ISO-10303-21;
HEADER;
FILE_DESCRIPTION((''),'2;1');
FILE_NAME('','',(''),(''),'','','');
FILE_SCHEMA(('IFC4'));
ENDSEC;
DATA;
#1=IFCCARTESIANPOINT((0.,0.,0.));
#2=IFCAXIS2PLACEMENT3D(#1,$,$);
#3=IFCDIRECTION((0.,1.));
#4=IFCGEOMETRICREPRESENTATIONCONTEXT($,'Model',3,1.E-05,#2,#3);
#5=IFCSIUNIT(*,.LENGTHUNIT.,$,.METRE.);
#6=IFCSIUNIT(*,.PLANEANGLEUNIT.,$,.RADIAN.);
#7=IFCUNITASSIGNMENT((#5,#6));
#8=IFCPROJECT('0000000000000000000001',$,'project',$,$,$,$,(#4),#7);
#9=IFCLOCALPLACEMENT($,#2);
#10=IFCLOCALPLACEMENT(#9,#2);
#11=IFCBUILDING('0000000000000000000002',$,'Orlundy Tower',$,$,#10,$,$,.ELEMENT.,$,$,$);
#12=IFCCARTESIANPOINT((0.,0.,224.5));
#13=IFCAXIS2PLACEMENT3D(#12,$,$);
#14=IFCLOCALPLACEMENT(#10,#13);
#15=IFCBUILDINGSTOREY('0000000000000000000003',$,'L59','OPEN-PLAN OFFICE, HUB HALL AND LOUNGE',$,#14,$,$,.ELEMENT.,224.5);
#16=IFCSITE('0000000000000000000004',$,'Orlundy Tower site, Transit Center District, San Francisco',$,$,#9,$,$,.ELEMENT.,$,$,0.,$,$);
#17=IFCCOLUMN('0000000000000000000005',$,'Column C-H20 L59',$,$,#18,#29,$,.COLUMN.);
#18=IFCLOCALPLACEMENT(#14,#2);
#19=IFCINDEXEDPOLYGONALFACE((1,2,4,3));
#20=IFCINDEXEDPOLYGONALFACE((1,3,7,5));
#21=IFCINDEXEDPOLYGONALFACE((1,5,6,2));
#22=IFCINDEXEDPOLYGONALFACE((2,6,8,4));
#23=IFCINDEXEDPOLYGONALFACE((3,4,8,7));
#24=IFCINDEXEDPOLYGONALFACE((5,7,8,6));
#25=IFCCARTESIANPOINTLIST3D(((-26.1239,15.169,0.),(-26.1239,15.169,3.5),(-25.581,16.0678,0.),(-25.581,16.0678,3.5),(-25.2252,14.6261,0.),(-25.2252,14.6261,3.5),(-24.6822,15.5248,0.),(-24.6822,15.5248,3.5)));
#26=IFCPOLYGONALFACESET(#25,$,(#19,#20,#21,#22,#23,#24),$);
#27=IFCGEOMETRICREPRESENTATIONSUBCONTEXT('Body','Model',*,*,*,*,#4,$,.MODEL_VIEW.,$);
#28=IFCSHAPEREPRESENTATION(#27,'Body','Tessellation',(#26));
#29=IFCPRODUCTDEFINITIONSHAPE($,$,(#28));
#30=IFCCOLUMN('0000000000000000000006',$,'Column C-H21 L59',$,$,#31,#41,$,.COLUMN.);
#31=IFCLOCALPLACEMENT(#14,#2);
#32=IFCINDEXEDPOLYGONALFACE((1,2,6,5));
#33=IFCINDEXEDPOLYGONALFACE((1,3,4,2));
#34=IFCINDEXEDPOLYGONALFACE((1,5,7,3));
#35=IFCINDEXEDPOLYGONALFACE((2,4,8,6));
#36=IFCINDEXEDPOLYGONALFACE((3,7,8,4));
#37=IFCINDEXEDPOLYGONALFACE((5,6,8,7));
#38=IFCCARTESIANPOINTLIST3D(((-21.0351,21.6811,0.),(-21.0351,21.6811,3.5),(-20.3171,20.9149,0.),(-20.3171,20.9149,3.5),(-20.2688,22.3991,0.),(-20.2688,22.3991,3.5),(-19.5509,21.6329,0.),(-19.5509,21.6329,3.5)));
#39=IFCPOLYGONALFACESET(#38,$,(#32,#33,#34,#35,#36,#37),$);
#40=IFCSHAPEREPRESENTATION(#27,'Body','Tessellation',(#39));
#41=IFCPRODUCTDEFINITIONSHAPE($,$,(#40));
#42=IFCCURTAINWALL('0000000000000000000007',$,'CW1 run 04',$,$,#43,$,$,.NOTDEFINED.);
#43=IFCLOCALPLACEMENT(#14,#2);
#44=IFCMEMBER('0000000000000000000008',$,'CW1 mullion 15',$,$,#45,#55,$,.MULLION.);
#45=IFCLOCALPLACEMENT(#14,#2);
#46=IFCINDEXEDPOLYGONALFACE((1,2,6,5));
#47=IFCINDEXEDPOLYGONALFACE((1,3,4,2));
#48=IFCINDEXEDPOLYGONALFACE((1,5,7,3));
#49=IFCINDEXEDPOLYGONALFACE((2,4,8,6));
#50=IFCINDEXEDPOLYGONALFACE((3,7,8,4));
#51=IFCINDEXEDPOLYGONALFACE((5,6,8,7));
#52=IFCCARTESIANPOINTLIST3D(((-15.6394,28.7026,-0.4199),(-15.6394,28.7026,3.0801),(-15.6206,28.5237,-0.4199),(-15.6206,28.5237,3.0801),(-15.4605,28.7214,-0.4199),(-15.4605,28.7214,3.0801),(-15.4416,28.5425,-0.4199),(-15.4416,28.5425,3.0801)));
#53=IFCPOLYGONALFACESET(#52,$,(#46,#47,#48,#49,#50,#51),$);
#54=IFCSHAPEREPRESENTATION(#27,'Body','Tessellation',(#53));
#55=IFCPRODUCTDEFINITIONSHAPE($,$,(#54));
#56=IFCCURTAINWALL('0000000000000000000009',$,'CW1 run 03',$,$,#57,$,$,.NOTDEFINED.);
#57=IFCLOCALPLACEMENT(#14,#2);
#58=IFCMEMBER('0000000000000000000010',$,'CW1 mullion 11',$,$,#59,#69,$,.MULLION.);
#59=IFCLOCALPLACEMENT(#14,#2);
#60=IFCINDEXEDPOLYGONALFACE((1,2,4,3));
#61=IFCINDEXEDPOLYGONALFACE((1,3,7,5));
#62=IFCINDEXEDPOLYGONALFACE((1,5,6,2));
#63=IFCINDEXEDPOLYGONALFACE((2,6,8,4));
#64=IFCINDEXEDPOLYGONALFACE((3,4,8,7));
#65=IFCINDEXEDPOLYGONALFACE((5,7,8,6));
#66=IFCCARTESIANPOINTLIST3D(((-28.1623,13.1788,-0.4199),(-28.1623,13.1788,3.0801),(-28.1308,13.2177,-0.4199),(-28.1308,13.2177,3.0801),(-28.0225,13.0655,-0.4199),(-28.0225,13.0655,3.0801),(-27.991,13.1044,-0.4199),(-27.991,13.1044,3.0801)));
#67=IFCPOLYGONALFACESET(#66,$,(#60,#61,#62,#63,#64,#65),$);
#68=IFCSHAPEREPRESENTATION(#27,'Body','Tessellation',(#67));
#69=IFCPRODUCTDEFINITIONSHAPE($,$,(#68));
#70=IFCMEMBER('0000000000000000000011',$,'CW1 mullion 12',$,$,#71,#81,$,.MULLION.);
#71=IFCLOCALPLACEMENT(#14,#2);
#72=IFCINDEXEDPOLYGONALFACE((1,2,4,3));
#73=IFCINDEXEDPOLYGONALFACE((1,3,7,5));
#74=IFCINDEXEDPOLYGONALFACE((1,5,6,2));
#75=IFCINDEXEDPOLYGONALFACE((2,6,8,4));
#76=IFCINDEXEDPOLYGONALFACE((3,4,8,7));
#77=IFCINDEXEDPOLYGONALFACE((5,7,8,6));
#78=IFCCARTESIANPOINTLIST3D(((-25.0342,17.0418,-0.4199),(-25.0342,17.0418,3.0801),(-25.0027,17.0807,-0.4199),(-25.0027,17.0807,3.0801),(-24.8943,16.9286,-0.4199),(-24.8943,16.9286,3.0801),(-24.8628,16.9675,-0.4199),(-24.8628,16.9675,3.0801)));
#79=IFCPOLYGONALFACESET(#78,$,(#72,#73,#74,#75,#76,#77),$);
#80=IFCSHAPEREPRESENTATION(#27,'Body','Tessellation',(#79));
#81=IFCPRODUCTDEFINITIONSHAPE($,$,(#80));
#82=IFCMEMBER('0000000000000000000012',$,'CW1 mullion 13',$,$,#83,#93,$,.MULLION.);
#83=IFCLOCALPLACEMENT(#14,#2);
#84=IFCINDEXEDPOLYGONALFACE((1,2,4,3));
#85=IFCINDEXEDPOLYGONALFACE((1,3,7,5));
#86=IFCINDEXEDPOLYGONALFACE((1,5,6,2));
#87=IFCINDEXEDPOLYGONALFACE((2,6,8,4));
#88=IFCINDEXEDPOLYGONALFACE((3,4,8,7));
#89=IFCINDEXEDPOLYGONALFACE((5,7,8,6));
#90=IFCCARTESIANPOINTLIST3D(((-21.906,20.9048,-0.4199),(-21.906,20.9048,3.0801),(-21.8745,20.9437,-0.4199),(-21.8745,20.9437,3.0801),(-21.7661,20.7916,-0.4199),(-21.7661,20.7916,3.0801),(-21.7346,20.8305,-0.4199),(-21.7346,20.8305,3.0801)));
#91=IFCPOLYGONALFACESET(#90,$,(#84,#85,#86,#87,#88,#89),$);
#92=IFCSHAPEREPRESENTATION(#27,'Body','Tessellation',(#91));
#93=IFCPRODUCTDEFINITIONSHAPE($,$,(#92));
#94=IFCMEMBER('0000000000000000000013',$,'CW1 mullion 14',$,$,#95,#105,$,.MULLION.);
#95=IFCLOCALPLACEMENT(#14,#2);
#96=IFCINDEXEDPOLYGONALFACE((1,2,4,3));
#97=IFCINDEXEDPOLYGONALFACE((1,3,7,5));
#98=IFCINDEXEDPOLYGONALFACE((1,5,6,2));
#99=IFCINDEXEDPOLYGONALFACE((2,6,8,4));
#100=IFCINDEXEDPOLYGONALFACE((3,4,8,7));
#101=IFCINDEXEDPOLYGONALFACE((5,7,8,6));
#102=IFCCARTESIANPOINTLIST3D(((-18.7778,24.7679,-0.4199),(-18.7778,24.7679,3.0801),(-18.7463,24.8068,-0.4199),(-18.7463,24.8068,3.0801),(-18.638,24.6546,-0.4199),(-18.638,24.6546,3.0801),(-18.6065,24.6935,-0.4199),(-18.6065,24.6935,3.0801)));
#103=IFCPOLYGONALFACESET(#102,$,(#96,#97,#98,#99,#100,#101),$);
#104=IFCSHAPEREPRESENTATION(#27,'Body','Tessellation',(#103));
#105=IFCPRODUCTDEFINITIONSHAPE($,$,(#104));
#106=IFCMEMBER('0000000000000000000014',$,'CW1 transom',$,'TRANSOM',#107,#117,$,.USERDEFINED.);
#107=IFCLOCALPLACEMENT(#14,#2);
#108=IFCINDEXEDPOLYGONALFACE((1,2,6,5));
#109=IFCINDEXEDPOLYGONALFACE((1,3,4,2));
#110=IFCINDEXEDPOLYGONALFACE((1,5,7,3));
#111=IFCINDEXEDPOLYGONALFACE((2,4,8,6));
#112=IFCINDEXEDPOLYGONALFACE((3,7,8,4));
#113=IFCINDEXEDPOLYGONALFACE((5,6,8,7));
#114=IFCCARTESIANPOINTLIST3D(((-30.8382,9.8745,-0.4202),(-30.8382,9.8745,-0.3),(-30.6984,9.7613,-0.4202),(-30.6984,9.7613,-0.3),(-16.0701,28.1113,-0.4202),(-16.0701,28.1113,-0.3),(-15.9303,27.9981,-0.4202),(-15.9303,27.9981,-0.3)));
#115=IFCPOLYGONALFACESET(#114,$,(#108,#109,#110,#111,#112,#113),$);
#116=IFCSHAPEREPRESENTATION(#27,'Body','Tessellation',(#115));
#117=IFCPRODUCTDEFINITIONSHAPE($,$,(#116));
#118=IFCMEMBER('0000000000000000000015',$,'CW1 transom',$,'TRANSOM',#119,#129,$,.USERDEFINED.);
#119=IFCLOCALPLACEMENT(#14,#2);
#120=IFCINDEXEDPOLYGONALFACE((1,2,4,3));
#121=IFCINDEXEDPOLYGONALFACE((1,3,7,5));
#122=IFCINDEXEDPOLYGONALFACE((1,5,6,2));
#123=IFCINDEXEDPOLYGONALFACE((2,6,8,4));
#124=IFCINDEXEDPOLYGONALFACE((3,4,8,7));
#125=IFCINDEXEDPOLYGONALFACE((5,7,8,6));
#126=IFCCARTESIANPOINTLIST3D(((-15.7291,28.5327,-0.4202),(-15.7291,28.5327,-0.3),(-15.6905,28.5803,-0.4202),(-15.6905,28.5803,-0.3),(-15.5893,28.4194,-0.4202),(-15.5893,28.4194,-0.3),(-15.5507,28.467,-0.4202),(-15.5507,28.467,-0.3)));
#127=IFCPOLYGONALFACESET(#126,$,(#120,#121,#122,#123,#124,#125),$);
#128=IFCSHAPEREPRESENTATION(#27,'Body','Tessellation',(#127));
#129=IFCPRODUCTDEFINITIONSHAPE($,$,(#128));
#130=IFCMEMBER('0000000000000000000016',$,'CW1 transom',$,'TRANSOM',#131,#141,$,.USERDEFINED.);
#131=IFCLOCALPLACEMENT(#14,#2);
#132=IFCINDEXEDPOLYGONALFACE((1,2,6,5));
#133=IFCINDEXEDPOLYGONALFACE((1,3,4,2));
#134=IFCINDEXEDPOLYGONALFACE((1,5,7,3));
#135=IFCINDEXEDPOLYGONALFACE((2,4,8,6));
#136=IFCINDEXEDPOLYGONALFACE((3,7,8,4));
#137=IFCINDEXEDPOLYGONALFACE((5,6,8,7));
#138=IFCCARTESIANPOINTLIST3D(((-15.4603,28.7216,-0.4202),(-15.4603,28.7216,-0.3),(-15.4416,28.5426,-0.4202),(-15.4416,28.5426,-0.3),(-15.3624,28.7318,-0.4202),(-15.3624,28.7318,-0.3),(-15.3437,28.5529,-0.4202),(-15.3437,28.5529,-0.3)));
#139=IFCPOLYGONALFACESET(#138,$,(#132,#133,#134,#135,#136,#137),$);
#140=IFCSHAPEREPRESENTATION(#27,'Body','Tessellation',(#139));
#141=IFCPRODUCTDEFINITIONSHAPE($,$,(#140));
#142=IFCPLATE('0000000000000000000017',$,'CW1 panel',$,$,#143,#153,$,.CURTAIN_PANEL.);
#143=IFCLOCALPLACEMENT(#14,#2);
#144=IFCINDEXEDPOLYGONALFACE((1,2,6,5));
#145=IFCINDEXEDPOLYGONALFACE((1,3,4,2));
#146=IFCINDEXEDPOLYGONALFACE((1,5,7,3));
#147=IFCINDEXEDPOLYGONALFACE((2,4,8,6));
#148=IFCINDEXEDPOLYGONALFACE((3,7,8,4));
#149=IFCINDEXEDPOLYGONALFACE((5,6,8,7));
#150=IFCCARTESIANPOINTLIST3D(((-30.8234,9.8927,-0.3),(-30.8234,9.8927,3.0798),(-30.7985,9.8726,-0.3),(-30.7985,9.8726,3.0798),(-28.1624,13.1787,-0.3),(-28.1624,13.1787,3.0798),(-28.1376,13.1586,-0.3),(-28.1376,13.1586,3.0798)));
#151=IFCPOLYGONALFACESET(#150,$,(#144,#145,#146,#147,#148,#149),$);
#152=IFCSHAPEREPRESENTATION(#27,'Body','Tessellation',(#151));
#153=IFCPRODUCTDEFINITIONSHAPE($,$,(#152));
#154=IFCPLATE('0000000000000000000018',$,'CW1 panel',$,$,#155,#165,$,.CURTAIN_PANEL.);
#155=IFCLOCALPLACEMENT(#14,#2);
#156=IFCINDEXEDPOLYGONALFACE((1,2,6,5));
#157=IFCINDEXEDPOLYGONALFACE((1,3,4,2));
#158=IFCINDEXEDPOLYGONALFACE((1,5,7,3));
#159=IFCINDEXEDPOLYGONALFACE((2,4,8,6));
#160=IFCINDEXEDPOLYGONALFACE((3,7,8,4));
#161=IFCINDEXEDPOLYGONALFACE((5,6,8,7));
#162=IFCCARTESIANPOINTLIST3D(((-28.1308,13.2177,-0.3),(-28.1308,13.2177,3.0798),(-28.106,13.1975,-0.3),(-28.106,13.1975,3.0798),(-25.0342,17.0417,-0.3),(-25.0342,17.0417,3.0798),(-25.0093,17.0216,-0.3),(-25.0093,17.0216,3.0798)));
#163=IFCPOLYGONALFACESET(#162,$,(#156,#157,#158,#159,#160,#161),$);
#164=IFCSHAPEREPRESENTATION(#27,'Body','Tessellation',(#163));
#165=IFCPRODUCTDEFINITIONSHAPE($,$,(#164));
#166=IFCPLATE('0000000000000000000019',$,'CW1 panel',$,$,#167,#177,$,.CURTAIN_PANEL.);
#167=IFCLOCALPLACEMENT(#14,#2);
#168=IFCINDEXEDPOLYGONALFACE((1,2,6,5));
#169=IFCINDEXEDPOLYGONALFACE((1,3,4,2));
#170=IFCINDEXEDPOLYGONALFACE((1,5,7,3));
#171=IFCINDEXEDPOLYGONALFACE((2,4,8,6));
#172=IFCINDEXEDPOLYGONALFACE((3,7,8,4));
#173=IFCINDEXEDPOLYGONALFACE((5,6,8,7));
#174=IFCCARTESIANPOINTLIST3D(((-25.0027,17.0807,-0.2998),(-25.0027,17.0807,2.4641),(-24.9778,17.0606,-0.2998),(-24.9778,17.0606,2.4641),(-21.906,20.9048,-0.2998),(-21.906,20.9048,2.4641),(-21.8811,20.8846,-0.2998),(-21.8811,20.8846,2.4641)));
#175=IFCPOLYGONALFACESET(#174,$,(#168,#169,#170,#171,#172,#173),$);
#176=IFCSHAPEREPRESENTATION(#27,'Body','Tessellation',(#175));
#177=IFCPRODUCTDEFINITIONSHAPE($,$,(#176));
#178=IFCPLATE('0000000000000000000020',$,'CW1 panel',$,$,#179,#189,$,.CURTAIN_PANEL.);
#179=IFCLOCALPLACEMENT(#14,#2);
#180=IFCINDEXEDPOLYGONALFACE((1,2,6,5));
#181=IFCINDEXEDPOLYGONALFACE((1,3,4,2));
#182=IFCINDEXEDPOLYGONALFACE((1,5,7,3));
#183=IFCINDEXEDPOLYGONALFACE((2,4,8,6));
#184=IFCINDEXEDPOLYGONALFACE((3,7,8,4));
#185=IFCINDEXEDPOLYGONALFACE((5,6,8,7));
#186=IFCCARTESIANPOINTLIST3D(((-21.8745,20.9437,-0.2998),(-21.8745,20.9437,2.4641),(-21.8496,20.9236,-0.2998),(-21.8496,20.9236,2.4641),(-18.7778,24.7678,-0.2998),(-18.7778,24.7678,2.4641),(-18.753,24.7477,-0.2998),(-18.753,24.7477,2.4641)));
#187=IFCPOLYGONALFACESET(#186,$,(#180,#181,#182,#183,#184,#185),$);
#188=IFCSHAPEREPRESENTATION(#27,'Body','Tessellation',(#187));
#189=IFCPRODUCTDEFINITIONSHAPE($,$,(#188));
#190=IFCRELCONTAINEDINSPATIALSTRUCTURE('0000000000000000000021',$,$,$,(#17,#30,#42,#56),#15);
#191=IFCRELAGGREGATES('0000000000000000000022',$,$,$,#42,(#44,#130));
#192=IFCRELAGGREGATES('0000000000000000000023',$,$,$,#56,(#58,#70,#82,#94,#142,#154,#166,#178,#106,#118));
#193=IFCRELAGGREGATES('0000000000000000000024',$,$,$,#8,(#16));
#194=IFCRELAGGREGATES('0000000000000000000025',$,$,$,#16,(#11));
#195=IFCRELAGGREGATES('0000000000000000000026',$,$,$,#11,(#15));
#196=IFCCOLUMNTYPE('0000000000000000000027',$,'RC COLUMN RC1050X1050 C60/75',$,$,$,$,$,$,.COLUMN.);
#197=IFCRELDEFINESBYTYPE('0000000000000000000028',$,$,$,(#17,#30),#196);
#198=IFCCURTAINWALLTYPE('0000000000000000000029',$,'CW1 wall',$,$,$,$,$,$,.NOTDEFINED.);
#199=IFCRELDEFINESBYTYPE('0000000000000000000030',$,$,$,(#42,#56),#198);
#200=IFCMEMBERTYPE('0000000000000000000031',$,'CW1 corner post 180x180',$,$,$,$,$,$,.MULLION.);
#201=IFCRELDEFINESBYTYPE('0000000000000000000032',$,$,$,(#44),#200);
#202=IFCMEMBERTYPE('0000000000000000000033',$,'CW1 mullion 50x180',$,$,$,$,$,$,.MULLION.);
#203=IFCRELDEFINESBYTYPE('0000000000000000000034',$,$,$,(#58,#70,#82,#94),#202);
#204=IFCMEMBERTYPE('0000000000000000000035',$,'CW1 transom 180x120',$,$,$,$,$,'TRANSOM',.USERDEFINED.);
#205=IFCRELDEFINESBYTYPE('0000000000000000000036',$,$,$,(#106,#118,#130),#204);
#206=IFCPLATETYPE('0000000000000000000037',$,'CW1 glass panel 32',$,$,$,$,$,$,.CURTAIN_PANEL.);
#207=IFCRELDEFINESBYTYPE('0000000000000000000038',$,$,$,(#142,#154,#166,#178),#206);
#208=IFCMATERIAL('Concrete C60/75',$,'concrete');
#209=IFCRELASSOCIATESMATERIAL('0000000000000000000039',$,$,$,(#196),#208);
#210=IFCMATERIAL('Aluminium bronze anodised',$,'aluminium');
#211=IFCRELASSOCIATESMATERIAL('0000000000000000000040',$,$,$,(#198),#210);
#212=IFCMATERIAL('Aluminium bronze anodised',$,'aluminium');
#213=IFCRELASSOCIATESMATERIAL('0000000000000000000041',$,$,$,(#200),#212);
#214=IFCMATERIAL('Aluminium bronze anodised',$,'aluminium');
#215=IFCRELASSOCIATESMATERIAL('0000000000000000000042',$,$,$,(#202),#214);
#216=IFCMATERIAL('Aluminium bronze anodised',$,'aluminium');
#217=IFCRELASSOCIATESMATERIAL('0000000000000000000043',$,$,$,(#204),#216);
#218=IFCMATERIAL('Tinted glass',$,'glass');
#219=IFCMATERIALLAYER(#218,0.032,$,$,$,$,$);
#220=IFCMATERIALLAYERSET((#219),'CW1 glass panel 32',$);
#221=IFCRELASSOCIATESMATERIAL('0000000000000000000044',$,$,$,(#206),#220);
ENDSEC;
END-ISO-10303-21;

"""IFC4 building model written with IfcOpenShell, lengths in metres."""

from ifc_helpers import new_model, si_unit, direction, frame, origin, origin_2d, place, context, subcontext, project, spatial, rectangle, extrude, material, layer, layer_set, material_profile, profile_set, type_object, element, aggregate, save


model = new_model("IFC4")

# Units and contexts
model_context = context("Model", 3, precision=1e-05, world=origin(), true_north=direction((0.0, 1.0)))
body_context = subcontext(model_context, "Body", "Model", "MODEL_VIEW")
ifc_project = project(units=[si_unit("LENGTHUNIT", "METRE"), si_unit("PLANEANGLEUNIT", "RADIAN")], contexts=[model_context])

# Site, building, storey
site_placement = place(None, origin())
site = spatial("IfcSite", under=ifc_project, at=site_placement, Name="Orlundy Tower site, Transit Center District, San Francisco", CompositionType="ELEMENT", RefElevation=0.0)
building_placement = place(site_placement, origin())
building = spatial("IfcBuilding", under=site, at=building_placement, Name="Orlundy Tower", CompositionType="ELEMENT")
storey_placement = place(building_placement, frame((0.0, 0.0, 224.5)))
storey = spatial("IfcBuildingStorey", under=building, at=storey_placement, Name="L59", Description="OPEN-PLAN OFFICE, HUB HALL AND LOUNGE", CompositionType="ELEMENT", Elevation=224.5)

# Columns
ifc_material_1 = material(Name="Concrete C60/75", Category="concrete")
ifc_material_profile_1 = material_profile(ifc_material_1, rectangle(XDim=1.05, YDim=1.05, at=origin_2d()), Name="RC1050X1050")
ifc_profile_set_1 = profile_set([ifc_material_profile_1], Name="Concrete C60/75")
column_type = type_object("IfcColumnType", Name="RC COLUMN RC1050X1050 C60/75", PredefinedType="COLUMN", material=ifc_profile_set_1)
for number, where, z_axis, x_axis, name in (
    (1, (-25.4031, 15.3469, 0.0), (0.0, 0.0, 1.0), (-0.855924, 0.517101, 0.0), "Column C-H20 L59"),
    (2, (-20.293, 21.657, 0.0), (0.0, 0.0, 1.0), (-0.683758, 0.729709, 0.0), "Column C-H21 L59"),
):
    element("IfcColumn", number, at=place(storey_placement, frame(where, z_axis=z_axis, x_axis=x_axis)), inside=storey, type_object=column_type, Name=name, PredefinedType="COLUMN", context=body_context, shape_type="SweptSolid", body=[
        extrude(rectangle(XDim=1.05, YDim=1.05, at=origin_2d()), origin(), (0.0, 0.0, 1.0), 3.5),
    ])

# Curtain wall, member
ifc_material_2 = material(Name="Aluminium bronze anodised", Category="aluminium")
curtain_wall_type = type_object("IfcCurtainWallType", Name="CW1 wall", PredefinedType="NOTDEFINED", material=ifc_material_2)
curtain_wall_1_placement = place(storey_placement, origin())
curtain_wall_1 = element("IfcCurtainWall", 3, at=curtain_wall_1_placement, inside=storey, type_object=curtain_wall_type, Name="CW1 run 04", PredefinedType="NOTDEFINED")
ifc_material_3 = material(Name="Aluminium bronze anodised", Category="aluminium")
ifc_material_profile_2 = material_profile(ifc_material_3, rectangle(XDim=0.1799, YDim=0.1799, at=origin_2d()), Name="CW1 corner post 180x180")
ifc_profile_set_2 = profile_set([ifc_material_profile_2], Name="Aluminium bronze anodised")
member_type_1 = type_object("IfcMemberType", Name="CW1 corner post 180x180", PredefinedType="MULLION", material=ifc_profile_set_2)
member_1_placement = place(storey_placement, frame((-15.5405, 28.6226, -0.4199), z_axis=(0.0, 0.0, 1.0), x_axis=(-0.104538, 0.994521, 0.0)))
member_1 = element("IfcMember", 4, at=member_1_placement, type_object=member_type_1, Name="CW1 mullion 15", PredefinedType="MULLION", context=body_context, shape_type="SweptSolid", body=[
    extrude(rectangle(XDim=0.1799, YDim=0.1799, at=origin_2d()), origin(), (0.0, 0.0, 1.0), 3.5),
])

# Curtain wall, members
curtain_wall_2_placement = place(storey_placement, origin())
curtain_wall_2 = element("IfcCurtainWall", 5, at=curtain_wall_2_placement, inside=storey, type_object=curtain_wall_type, Name="CW1 run 03", PredefinedType="NOTDEFINED")
ifc_material_4 = material(Name="Aluminium bronze anodised", Category="aluminium")
ifc_material_profile_3 = material_profile(ifc_material_4, rectangle(XDim=0.1799, YDim=0.05, at=origin_2d()), Name="CW1 mullion 50x180")
ifc_profile_set_3 = profile_set([ifc_material_profile_3], Name="Aluminium bronze anodised")
member_type_2 = type_object("IfcMemberType", Name="CW1 mullion 50x180", PredefinedType="MULLION", material=ifc_profile_set_3)
member_2_placement = place(storey_placement, frame((-28.0767, 13.1416, -0.4199), z_axis=(0.0, 0.0, 1.0), x_axis=(-0.777146, 0.629321, 0.0)))
member_2 = element("IfcMember", 6, at=member_2_placement, type_object=member_type_2, Name="CW1 mullion 11", PredefinedType="MULLION", context=body_context, shape_type="SweptSolid", body=[
    extrude(rectangle(XDim=0.1799, YDim=0.05, at=origin_2d()), origin(), (0.0, 0.0, 1.0), 3.5),
])
member_3_placement = place(storey_placement, frame((-24.9485, 17.0046, -0.4199), z_axis=(0.0, 0.0, 1.0), x_axis=(-0.777146, 0.629321, 0.0)))
member_3 = element("IfcMember", 7, at=member_3_placement, type_object=member_type_2, Name="CW1 mullion 12", PredefinedType="MULLION", context=body_context, shape_type="SweptSolid", body=[
    extrude(rectangle(XDim=0.1799, YDim=0.05, at=origin_2d()), origin(), (0.0, 0.0, 1.0), 3.5),
])
member_4_placement = place(storey_placement, frame((-21.8203, 20.8677, -0.4199), z_axis=(0.0, 0.0, 1.0), x_axis=(-0.777146, 0.629321, 0.0)))
member_4 = element("IfcMember", 8, at=member_4_placement, type_object=member_type_2, Name="CW1 mullion 13", PredefinedType="MULLION", context=body_context, shape_type="SweptSolid", body=[
    extrude(rectangle(XDim=0.1799, YDim=0.05, at=origin_2d()), origin(), (0.0, 0.0, 1.0), 3.5),
])
member_5_placement = place(storey_placement, frame((-18.6921, 24.7307, -0.4199), z_axis=(0.0, 0.0, 1.0), x_axis=(-0.777146, 0.629321, 0.0)))
member_5 = element("IfcMember", 9, at=member_5_placement, type_object=member_type_2, Name="CW1 mullion 14", PredefinedType="MULLION", context=body_context, shape_type="SweptSolid", body=[
    extrude(rectangle(XDim=0.1799, YDim=0.05, at=origin_2d()), origin(), (0.0, 0.0, 1.0), 3.5),
])
ifc_material_5 = material(Name="Aluminium bronze anodised", Category="aluminium")
ifc_material_profile_4 = material_profile(ifc_material_5, rectangle(XDim=0.1799, YDim=0.1201, at=origin_2d()), Name="CW1 transom 180x120")
ifc_profile_set_4 = profile_set([ifc_material_profile_4], Name="Aluminium bronze anodised")
member_type_3 = type_object("IfcMemberType", Name="CW1 transom 180x120", ElementType="TRANSOM", PredefinedType="USERDEFINED", material=ifc_profile_set_4)
member_6_placement = place(storey_placement, frame((-30.7683, 9.8179, -0.3601), z_axis=(0.629325, 0.777142, 0.0), x_axis=(-0.777142, 0.629325, 0.0)))
member_6 = element("IfcMember", 10, at=member_6_placement, type_object=member_type_3, Name="CW1 transom", ObjectType="TRANSOM", PredefinedType="USERDEFINED", context=body_context, shape_type="SweptSolid", body=[
    extrude(rectangle(XDim=0.1799, YDim=0.1201, at=origin_2d()), origin(), (0.0, 0.0, 1.0), 23.4666),
])
member_7_placement = place(storey_placement, frame((-15.6592, 28.4761, -0.3601), z_axis=(0.629542, 0.776966, 0.0), x_axis=(-0.776966, 0.629542, 0.0)))
member_7 = element("IfcMember", 11, at=member_7_placement, type_object=member_type_3, Name="CW1 transom", ObjectType="TRANSOM", PredefinedType="USERDEFINED", context=body_context, shape_type="SweptSolid", body=[
    extrude(rectangle(XDim=0.1799, YDim=0.1201, at=origin_2d()), origin(), (0.0, 0.0, 1.0), 0.0613),
])

# Member
member_8_placement = place(storey_placement, frame((-15.4509, 28.6321, -0.3601), z_axis=(0.99456, 0.104168, 0.0), x_axis=(-0.104168, 0.99456, 0.0)))
member_8 = element("IfcMember", 12, at=member_8_placement, type_object=member_type_3, Name="CW1 transom", ObjectType="TRANSOM", PredefinedType="USERDEFINED", context=body_context, shape_type="SweptSolid", body=[
    extrude(rectangle(XDim=0.1799, YDim=0.1201, at=origin_2d()), origin(), (0.0, 0.0, 1.0), 0.0984),
])
aggregate(curtain_wall_1, [member_1, member_8])

# Plates
ifc_material_6 = material(Name="Tinted glass", Category="glass")
ifc_layer_1 = layer(ifc_material_6, 0.032)
ifc_layer_set_1 = layer_set([ifc_layer_1], Name="CW1 glass panel 32")
plate_type = type_object("IfcPlateType", Name="CW1 glass panel 32", PredefinedType="CURTAIN_PANEL", material=ifc_layer_set_1)
plate_1_placement = place(storey_placement, frame((-29.4805, 11.5256, -0.3), z_axis=(0.0, 0.0, 1.0), x_axis=(0.629321, 0.777146, 0.0)))
plate_1 = element("IfcPlate", 13, at=plate_1_placement, type_object=plate_type, Name="CW1 panel", PredefinedType="CURTAIN_PANEL", context=body_context, shape_type="SweptSolid", body=[
    extrude(rectangle(XDim=4.2283, YDim=0.032, at=origin_2d()), origin(), (0.0, 0.0, 1.0), 3.3799),
])
plate_2_placement = place(storey_placement, frame((-26.5701, 15.1196, -0.3), z_axis=(0.0, 0.0, 1.0), x_axis=(0.629321, 0.777146, 0.0)))
plate_2 = element("IfcPlate", 14, at=plate_2_placement, type_object=plate_type, Name="CW1 panel", PredefinedType="CURTAIN_PANEL", context=body_context, shape_type="SweptSolid", body=[
    extrude(rectangle(XDim=4.9207, YDim=0.032, at=origin_2d()), origin(), (0.0, 0.0, 1.0), 3.3799),
])
plate_3_placement = place(storey_placement, frame((-23.4419, 18.9827, -0.2998), z_axis=(0.0, 0.0, 1.0), x_axis=(0.629321, 0.777146, 0.0)))
plate_3 = element("IfcPlate", 15, at=plate_3_placement, type_object=plate_type, Name="CW1 panel", PredefinedType="CURTAIN_PANEL", context=body_context, shape_type="SweptSolid", body=[
    extrude(rectangle(XDim=4.9207, YDim=0.032, at=origin_2d()), origin(), (0.0, 0.0, 1.0), 2.7639),
])
plate_4_placement = place(storey_placement, frame((-20.3137, 22.8457, -0.2998), z_axis=(0.0, 0.0, 1.0), x_axis=(0.629321, 0.777146, 0.0)))
plate_4 = element("IfcPlate", 16, at=plate_4_placement, type_object=plate_type, Name="CW1 panel", PredefinedType="CURTAIN_PANEL", context=body_context, shape_type="SweptSolid", body=[
    extrude(rectangle(XDim=4.9207, YDim=0.032, at=origin_2d()), origin(), (0.0, 0.0, 1.0), 2.7639),
])
aggregate(curtain_wall_2, [member_2, member_3, member_4, member_5, plate_1, plate_2, plate_3, plate_4, member_6, member_7])

save(model, "model.ifc")
